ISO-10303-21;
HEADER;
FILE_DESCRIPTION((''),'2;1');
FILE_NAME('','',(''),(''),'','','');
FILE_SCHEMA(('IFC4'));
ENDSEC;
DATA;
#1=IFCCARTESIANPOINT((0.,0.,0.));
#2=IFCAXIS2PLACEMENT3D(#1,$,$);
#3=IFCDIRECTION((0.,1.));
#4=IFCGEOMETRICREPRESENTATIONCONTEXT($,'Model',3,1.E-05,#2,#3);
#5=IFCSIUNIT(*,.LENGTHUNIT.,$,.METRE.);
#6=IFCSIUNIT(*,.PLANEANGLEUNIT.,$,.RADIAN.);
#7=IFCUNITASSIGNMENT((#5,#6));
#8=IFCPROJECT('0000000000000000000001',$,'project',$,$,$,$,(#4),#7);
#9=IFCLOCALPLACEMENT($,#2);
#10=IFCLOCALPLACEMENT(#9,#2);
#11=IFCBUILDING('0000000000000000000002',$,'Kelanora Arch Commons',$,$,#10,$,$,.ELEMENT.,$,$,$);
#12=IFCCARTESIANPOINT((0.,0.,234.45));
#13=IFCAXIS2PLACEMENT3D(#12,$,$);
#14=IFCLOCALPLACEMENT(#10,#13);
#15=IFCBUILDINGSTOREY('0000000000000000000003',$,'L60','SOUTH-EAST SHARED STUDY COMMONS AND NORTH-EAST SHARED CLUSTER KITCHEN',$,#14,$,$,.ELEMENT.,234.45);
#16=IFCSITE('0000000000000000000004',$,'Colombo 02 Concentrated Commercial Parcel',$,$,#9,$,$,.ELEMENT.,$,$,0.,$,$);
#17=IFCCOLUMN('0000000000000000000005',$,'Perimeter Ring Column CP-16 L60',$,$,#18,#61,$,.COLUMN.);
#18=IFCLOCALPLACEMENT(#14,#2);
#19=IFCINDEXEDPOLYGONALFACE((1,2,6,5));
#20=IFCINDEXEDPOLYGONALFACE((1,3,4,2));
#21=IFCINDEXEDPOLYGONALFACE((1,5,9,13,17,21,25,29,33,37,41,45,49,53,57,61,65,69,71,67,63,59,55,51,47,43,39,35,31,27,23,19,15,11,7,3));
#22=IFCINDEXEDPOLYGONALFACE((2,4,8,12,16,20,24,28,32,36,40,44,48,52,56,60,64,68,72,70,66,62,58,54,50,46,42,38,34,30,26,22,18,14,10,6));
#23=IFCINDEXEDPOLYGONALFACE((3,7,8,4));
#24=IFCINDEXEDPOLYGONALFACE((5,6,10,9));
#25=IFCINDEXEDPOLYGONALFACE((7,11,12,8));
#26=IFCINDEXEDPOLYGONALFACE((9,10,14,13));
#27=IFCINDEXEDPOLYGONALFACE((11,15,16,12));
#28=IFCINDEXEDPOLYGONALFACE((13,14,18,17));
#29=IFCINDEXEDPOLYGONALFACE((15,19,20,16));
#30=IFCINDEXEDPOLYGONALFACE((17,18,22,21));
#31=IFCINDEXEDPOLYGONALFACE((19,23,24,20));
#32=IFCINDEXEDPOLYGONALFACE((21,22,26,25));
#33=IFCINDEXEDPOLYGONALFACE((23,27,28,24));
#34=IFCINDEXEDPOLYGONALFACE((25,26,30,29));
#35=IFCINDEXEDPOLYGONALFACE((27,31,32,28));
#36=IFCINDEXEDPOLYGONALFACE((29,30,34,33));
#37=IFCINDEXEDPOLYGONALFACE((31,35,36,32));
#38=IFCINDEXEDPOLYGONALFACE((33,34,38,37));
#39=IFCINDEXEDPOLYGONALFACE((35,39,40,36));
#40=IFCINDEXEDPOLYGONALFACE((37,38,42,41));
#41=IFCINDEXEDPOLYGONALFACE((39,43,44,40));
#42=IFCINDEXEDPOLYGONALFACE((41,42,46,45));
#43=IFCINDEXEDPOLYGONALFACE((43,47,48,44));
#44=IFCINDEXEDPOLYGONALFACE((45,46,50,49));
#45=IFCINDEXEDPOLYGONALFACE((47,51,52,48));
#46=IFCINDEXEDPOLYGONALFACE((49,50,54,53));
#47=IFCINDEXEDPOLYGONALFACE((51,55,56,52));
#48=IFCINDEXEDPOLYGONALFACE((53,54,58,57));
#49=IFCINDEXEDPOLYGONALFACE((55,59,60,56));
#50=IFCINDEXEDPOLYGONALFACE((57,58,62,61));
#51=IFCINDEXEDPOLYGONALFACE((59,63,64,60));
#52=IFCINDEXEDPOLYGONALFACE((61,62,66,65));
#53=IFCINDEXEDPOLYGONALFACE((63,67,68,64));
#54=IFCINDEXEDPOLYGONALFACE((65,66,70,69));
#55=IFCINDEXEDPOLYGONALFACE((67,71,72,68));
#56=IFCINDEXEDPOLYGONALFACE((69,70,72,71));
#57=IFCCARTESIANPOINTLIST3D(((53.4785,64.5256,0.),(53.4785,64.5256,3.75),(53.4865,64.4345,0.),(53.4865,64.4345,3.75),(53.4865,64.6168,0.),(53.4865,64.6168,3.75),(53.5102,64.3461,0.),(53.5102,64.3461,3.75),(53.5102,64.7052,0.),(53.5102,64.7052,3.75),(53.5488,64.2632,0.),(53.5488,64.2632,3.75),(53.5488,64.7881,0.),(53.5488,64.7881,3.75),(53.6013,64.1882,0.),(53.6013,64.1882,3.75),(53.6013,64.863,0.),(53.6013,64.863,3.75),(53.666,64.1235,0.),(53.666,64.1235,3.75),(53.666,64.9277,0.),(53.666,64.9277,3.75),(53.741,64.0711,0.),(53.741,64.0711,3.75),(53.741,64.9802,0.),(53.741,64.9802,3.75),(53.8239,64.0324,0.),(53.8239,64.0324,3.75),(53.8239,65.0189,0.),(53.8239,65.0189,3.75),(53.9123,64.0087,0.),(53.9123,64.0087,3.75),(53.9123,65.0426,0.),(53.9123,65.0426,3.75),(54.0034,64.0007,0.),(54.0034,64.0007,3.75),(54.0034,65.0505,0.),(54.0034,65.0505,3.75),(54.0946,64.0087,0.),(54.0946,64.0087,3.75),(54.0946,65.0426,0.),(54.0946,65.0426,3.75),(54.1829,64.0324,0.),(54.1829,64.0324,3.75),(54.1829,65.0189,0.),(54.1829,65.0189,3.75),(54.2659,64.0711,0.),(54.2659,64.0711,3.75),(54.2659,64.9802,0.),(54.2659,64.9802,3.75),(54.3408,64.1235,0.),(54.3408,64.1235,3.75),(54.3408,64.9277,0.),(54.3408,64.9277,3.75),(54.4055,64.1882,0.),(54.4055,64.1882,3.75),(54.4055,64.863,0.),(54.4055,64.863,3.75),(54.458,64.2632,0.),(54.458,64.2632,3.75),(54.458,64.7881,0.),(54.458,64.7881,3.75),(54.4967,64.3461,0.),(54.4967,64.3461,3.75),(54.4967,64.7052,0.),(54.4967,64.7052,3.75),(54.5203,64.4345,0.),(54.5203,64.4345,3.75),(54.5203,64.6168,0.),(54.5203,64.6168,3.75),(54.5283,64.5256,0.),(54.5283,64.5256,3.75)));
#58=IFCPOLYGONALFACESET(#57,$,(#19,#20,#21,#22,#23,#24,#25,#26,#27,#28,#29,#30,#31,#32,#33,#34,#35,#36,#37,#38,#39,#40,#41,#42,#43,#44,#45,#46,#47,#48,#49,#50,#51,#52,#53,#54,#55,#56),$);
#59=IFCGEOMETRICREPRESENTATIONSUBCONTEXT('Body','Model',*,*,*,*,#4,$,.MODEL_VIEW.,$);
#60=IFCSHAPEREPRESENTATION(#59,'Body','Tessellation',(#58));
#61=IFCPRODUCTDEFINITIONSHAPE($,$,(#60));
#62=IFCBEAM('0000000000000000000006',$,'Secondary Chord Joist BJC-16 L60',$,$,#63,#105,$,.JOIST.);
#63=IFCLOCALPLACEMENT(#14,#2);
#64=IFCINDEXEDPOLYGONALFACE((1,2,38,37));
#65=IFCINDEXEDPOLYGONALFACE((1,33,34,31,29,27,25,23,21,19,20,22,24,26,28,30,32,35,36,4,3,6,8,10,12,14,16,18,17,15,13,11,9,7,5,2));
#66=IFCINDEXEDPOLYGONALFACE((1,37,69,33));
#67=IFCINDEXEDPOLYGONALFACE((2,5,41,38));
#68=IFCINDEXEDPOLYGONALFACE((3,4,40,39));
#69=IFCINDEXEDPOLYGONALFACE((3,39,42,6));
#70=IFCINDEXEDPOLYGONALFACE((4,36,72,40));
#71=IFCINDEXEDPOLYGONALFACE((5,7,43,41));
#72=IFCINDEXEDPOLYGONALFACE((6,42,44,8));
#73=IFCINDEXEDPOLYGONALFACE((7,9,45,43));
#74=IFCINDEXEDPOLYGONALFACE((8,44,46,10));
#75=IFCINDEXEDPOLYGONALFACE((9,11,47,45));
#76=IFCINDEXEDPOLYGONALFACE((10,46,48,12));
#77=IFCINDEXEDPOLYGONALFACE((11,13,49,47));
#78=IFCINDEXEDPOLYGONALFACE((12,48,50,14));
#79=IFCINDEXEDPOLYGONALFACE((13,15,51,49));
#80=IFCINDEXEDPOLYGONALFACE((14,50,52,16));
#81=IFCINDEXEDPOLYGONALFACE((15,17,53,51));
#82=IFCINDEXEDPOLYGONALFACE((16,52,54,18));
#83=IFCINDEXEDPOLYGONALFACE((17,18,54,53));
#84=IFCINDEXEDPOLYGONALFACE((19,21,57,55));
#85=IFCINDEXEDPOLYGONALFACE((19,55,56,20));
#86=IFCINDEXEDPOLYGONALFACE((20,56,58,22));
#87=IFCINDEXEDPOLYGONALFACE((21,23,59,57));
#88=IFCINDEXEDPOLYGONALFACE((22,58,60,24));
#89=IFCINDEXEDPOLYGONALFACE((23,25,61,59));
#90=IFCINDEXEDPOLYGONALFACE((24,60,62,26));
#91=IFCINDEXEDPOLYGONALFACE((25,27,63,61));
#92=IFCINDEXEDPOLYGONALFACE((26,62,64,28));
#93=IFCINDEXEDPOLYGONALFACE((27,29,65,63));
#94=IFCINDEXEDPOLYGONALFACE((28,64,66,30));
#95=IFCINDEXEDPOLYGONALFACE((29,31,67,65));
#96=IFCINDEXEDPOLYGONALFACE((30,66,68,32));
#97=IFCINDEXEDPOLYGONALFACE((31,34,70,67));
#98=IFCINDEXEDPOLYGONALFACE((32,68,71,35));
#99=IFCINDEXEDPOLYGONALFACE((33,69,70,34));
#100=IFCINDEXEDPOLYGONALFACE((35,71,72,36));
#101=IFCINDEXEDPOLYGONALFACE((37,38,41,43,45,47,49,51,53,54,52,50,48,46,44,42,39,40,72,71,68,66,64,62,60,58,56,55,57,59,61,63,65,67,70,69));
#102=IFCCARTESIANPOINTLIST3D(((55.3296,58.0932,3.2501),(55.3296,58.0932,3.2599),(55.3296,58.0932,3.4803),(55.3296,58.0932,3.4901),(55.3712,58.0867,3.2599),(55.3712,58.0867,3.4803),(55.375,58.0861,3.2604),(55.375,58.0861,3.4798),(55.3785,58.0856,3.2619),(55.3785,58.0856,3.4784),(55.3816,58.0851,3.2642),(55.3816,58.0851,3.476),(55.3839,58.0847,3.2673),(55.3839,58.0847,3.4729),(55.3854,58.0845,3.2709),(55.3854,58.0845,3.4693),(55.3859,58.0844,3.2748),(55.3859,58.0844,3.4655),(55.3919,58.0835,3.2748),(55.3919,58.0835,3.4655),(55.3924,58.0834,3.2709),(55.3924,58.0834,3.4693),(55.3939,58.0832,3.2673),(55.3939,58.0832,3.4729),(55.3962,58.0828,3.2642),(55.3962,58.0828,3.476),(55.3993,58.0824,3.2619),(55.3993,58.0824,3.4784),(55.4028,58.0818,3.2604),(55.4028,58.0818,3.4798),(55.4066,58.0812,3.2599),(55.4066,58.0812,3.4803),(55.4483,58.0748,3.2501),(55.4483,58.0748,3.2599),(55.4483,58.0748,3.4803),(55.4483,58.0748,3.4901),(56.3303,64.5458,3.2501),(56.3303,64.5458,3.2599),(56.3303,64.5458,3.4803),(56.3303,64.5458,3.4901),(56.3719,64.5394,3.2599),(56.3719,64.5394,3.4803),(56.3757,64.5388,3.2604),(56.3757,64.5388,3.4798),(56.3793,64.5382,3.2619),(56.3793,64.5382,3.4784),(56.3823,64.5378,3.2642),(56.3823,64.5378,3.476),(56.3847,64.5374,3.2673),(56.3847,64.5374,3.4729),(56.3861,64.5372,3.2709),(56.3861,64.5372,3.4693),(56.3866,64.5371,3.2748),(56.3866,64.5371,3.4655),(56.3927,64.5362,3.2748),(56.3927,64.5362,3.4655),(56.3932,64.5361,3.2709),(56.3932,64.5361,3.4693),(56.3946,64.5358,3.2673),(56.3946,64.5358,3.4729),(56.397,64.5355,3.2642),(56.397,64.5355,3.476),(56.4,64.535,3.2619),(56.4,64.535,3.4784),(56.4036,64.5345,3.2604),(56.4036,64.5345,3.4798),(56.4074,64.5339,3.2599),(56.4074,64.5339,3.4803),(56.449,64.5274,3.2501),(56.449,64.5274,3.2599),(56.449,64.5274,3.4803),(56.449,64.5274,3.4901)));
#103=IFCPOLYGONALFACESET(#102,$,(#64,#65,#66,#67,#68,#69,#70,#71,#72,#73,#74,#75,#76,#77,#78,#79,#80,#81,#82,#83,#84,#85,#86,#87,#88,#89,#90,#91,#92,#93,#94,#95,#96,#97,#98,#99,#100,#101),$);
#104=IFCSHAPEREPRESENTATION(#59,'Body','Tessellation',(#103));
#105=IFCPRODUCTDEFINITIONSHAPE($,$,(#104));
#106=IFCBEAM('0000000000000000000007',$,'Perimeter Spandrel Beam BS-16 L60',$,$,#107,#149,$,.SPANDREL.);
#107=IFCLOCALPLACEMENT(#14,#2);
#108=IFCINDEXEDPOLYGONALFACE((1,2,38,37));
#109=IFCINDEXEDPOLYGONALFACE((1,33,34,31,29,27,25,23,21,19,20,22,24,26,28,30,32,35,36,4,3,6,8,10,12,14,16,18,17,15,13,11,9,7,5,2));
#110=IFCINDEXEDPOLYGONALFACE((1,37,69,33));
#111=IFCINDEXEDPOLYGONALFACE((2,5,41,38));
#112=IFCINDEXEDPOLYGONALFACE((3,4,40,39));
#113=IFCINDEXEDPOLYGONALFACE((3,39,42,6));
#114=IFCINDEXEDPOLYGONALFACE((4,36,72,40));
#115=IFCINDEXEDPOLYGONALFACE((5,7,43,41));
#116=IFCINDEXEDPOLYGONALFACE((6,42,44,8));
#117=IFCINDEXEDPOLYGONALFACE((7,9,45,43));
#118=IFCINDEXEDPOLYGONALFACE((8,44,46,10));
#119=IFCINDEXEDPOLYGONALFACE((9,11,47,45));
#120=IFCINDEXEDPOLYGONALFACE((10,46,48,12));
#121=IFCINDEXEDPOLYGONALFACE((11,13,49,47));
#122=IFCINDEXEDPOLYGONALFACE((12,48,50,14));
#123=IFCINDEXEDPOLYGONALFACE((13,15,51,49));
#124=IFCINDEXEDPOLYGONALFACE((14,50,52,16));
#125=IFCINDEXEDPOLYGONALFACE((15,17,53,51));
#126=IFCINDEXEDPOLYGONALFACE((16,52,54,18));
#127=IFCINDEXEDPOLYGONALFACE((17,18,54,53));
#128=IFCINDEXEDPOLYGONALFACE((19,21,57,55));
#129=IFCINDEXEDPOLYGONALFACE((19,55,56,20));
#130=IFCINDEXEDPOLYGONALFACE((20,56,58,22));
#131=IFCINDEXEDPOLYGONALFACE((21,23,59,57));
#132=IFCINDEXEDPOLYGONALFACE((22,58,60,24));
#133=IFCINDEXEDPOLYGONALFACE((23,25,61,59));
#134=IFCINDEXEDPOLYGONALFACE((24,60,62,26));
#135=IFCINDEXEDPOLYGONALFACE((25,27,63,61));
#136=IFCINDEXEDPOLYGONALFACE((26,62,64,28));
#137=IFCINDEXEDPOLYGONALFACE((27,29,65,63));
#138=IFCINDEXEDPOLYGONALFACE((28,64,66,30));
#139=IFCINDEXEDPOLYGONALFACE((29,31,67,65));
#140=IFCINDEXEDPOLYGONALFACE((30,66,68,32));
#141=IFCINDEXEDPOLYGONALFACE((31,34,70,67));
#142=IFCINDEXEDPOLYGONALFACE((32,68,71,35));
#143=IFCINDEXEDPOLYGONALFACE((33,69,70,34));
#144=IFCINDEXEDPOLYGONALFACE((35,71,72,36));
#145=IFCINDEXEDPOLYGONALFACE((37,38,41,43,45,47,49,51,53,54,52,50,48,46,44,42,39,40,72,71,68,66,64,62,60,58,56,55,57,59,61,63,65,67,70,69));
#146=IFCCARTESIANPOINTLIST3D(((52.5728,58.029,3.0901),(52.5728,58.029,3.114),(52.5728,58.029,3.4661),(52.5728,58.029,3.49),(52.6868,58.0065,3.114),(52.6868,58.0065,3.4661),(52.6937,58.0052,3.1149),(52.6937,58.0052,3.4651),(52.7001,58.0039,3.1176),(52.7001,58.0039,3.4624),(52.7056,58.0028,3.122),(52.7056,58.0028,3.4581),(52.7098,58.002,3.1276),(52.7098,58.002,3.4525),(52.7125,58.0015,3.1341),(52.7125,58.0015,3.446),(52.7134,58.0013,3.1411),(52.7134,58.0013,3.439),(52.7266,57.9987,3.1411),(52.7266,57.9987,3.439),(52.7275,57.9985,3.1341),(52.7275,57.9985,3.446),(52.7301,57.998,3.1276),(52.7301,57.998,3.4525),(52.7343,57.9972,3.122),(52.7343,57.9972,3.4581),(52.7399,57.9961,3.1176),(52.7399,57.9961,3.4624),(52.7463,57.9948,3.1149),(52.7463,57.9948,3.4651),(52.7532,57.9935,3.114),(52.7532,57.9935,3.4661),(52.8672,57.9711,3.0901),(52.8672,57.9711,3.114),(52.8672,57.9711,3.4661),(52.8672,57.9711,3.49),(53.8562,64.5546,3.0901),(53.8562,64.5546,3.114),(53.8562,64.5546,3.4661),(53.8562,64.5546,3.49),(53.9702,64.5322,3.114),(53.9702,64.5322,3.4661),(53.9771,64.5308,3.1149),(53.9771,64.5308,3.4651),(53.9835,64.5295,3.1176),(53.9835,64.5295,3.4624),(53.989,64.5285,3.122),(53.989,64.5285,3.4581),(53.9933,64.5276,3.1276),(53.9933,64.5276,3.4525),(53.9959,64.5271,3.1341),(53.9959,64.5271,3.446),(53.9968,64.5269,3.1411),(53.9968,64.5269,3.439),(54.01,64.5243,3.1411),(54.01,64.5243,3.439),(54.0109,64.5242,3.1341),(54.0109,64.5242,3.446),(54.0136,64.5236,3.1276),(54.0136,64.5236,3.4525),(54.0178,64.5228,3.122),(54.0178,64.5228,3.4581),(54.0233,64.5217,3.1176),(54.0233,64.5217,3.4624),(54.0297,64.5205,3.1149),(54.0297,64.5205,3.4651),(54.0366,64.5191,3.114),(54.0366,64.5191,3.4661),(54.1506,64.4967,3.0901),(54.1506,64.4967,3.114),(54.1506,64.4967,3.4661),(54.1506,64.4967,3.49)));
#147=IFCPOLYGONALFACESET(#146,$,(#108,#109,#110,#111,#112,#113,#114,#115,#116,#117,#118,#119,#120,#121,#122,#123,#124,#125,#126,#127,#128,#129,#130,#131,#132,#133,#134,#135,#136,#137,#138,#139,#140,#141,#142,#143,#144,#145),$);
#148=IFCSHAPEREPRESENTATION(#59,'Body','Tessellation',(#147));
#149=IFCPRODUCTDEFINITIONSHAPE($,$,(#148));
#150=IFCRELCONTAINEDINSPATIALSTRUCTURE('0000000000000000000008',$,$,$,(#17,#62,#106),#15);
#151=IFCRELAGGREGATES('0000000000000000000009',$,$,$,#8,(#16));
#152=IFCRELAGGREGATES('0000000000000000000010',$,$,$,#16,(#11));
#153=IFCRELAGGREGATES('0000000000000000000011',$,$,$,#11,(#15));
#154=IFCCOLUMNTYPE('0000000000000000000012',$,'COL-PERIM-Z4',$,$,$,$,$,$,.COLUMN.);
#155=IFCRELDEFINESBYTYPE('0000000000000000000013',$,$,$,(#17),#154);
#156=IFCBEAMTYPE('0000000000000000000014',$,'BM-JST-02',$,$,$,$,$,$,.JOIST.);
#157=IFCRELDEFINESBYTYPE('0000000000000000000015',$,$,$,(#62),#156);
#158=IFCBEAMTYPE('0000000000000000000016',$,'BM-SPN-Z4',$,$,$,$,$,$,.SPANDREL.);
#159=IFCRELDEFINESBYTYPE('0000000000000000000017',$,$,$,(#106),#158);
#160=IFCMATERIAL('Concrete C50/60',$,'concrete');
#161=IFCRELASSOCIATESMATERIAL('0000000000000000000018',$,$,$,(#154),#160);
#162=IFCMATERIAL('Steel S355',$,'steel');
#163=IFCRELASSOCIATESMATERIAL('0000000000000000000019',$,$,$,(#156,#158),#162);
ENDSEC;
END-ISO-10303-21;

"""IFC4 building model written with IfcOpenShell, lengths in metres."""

from ifc_helpers import new_model, si_unit, direction, frame, origin, origin_2d, place, context, subcontext, project, spatial, circle, i_section, extrude, material, material_profile, profile_set, type_object, element, save


model = new_model("IFC4")

# Units and contexts
model_context = context("Model", 3, precision=1e-05, world=origin(), true_north=direction((0.0, 1.0)))
body_context = subcontext(model_context, "Body", "Model", "MODEL_VIEW")
ifc_project = project(units=[si_unit("LENGTHUNIT", "METRE"), si_unit("PLANEANGLEUNIT", "RADIAN")], contexts=[model_context])

# Site, building, storey
site_placement = place(None, origin())
site = spatial("IfcSite", under=ifc_project, at=site_placement, Name="Colombo 02 Concentrated Commercial Parcel", CompositionType="ELEMENT", RefElevation=0.0)
building_placement = place(site_placement, origin())
building = spatial("IfcBuilding", under=site, at=building_placement, Name="Kelanora Arch Commons", CompositionType="ELEMENT")
storey_placement = place(building_placement, frame((0.0, 0.0, 234.45)))
storey = spatial("IfcBuildingStorey", under=building, at=storey_placement, Name="L60", Description="SOUTH-EAST SHARED STUDY COMMONS AND NORTH-EAST SHARED CLUSTER KITCHEN", CompositionType="ELEMENT", Elevation=234.45)

# Column
ifc_material_1 = material(Name="Concrete C50/60", Category="concrete")
ifc_material_profile_1 = material_profile(ifc_material_1, circle(Radius=0.5249, at=origin_2d()), Name="RCC1050")
ifc_profile_set_1 = profile_set([ifc_material_profile_1], Name="Concrete C50/60")
column_type = type_object("IfcColumnType", Name="COL-PERIM-Z4", PredefinedType="COLUMN", material=ifc_profile_set_1)
column_placement = place(storey_placement, frame((54.0034, 64.5256, 0.0), z_axis=(0.0, 0.0, 1.0), x_axis=(1.0, 0.0, 0.0)))
element("IfcColumn", 1, at=column_placement, inside=storey, type_object=column_type, Name="Perimeter Ring Column CP-16 L60", PredefinedType="COLUMN", context=body_context, shape_type="SweptSolid", body=[
    extrude(circle(Radius=0.5249, at=origin_2d()), origin(), (0.0, 0.0, 1.0), 3.75),
])

# Beams
ifc_material_2 = material(Name="Steel S355", Category="steel")
ifc_material_profile_2 = material_profile(ifc_material_2, i_section(OverallWidth=0.1201, OverallDepth=0.24, WebThickness=0.0061, FlangeThickness=0.0098, FilletRadius=0.0149, at=origin_2d()), Name="IPE240")
ifc_profile_set_2 = profile_set([ifc_material_profile_2], Name="Steel S355")
beam_type_1 = type_object("IfcBeamType", Name="BM-JST-02", PredefinedType="JOIST", material=ifc_profile_set_2)
beam_1_placement = place(storey_placement, frame((56.3896, 64.5366, 3.3701), z_axis=(-0.153257, -0.988186, 0.0), x_axis=(0.988186, -0.153257, 0.0)))
element("IfcBeam", 2, at=beam_1_placement, inside=storey, type_object=beam_type_1, Name="Secondary Chord Joist BJC-16 L60", PredefinedType="JOIST", context=body_context, shape_type="SweptSolid", body=[
    extrude(i_section(OverallWidth=0.1201, OverallDepth=0.24, WebThickness=0.0061, FlangeThickness=0.0098, FilletRadius=0.0149, at=origin_2d()), origin(), (0.0, 0.0, 1.0), 6.5298),
])
ifc_material_profile_3 = material_profile(ifc_material_2, i_section(OverallWidth=0.3, OverallDepth=0.3999, WebThickness=0.0134, FlangeThickness=0.0239, FilletRadius=0.0271, at=origin_2d()), Name="HEB400")
ifc_profile_set_3 = profile_set([ifc_material_profile_3], Name="Steel S355")
beam_type_2 = type_object("IfcBeamType", Name="BM-SPN-Z4", PredefinedType="SPANDREL", material=ifc_profile_set_3)
beam_2_placement = place(storey_placement, frame((54.0034, 64.5256, 3.29), z_axis=(-0.192981, -0.981203, 0.0), x_axis=(0.981203, -0.192981, 0.0)))
element("IfcBeam", 3, at=beam_2_placement, inside=storey, type_object=beam_type_2, Name="Perimeter Spandrel Beam BS-16 L60", PredefinedType="SPANDREL", context=body_context, shape_type="SweptSolid", body=[
    extrude(i_section(OverallWidth=0.3, OverallDepth=0.3999, WebThickness=0.0134, FlangeThickness=0.0239, FilletRadius=0.0271, at=origin_2d()), origin(), (0.0, 0.0, 1.0), 6.6506),
])

save(model, "model.ifc")
